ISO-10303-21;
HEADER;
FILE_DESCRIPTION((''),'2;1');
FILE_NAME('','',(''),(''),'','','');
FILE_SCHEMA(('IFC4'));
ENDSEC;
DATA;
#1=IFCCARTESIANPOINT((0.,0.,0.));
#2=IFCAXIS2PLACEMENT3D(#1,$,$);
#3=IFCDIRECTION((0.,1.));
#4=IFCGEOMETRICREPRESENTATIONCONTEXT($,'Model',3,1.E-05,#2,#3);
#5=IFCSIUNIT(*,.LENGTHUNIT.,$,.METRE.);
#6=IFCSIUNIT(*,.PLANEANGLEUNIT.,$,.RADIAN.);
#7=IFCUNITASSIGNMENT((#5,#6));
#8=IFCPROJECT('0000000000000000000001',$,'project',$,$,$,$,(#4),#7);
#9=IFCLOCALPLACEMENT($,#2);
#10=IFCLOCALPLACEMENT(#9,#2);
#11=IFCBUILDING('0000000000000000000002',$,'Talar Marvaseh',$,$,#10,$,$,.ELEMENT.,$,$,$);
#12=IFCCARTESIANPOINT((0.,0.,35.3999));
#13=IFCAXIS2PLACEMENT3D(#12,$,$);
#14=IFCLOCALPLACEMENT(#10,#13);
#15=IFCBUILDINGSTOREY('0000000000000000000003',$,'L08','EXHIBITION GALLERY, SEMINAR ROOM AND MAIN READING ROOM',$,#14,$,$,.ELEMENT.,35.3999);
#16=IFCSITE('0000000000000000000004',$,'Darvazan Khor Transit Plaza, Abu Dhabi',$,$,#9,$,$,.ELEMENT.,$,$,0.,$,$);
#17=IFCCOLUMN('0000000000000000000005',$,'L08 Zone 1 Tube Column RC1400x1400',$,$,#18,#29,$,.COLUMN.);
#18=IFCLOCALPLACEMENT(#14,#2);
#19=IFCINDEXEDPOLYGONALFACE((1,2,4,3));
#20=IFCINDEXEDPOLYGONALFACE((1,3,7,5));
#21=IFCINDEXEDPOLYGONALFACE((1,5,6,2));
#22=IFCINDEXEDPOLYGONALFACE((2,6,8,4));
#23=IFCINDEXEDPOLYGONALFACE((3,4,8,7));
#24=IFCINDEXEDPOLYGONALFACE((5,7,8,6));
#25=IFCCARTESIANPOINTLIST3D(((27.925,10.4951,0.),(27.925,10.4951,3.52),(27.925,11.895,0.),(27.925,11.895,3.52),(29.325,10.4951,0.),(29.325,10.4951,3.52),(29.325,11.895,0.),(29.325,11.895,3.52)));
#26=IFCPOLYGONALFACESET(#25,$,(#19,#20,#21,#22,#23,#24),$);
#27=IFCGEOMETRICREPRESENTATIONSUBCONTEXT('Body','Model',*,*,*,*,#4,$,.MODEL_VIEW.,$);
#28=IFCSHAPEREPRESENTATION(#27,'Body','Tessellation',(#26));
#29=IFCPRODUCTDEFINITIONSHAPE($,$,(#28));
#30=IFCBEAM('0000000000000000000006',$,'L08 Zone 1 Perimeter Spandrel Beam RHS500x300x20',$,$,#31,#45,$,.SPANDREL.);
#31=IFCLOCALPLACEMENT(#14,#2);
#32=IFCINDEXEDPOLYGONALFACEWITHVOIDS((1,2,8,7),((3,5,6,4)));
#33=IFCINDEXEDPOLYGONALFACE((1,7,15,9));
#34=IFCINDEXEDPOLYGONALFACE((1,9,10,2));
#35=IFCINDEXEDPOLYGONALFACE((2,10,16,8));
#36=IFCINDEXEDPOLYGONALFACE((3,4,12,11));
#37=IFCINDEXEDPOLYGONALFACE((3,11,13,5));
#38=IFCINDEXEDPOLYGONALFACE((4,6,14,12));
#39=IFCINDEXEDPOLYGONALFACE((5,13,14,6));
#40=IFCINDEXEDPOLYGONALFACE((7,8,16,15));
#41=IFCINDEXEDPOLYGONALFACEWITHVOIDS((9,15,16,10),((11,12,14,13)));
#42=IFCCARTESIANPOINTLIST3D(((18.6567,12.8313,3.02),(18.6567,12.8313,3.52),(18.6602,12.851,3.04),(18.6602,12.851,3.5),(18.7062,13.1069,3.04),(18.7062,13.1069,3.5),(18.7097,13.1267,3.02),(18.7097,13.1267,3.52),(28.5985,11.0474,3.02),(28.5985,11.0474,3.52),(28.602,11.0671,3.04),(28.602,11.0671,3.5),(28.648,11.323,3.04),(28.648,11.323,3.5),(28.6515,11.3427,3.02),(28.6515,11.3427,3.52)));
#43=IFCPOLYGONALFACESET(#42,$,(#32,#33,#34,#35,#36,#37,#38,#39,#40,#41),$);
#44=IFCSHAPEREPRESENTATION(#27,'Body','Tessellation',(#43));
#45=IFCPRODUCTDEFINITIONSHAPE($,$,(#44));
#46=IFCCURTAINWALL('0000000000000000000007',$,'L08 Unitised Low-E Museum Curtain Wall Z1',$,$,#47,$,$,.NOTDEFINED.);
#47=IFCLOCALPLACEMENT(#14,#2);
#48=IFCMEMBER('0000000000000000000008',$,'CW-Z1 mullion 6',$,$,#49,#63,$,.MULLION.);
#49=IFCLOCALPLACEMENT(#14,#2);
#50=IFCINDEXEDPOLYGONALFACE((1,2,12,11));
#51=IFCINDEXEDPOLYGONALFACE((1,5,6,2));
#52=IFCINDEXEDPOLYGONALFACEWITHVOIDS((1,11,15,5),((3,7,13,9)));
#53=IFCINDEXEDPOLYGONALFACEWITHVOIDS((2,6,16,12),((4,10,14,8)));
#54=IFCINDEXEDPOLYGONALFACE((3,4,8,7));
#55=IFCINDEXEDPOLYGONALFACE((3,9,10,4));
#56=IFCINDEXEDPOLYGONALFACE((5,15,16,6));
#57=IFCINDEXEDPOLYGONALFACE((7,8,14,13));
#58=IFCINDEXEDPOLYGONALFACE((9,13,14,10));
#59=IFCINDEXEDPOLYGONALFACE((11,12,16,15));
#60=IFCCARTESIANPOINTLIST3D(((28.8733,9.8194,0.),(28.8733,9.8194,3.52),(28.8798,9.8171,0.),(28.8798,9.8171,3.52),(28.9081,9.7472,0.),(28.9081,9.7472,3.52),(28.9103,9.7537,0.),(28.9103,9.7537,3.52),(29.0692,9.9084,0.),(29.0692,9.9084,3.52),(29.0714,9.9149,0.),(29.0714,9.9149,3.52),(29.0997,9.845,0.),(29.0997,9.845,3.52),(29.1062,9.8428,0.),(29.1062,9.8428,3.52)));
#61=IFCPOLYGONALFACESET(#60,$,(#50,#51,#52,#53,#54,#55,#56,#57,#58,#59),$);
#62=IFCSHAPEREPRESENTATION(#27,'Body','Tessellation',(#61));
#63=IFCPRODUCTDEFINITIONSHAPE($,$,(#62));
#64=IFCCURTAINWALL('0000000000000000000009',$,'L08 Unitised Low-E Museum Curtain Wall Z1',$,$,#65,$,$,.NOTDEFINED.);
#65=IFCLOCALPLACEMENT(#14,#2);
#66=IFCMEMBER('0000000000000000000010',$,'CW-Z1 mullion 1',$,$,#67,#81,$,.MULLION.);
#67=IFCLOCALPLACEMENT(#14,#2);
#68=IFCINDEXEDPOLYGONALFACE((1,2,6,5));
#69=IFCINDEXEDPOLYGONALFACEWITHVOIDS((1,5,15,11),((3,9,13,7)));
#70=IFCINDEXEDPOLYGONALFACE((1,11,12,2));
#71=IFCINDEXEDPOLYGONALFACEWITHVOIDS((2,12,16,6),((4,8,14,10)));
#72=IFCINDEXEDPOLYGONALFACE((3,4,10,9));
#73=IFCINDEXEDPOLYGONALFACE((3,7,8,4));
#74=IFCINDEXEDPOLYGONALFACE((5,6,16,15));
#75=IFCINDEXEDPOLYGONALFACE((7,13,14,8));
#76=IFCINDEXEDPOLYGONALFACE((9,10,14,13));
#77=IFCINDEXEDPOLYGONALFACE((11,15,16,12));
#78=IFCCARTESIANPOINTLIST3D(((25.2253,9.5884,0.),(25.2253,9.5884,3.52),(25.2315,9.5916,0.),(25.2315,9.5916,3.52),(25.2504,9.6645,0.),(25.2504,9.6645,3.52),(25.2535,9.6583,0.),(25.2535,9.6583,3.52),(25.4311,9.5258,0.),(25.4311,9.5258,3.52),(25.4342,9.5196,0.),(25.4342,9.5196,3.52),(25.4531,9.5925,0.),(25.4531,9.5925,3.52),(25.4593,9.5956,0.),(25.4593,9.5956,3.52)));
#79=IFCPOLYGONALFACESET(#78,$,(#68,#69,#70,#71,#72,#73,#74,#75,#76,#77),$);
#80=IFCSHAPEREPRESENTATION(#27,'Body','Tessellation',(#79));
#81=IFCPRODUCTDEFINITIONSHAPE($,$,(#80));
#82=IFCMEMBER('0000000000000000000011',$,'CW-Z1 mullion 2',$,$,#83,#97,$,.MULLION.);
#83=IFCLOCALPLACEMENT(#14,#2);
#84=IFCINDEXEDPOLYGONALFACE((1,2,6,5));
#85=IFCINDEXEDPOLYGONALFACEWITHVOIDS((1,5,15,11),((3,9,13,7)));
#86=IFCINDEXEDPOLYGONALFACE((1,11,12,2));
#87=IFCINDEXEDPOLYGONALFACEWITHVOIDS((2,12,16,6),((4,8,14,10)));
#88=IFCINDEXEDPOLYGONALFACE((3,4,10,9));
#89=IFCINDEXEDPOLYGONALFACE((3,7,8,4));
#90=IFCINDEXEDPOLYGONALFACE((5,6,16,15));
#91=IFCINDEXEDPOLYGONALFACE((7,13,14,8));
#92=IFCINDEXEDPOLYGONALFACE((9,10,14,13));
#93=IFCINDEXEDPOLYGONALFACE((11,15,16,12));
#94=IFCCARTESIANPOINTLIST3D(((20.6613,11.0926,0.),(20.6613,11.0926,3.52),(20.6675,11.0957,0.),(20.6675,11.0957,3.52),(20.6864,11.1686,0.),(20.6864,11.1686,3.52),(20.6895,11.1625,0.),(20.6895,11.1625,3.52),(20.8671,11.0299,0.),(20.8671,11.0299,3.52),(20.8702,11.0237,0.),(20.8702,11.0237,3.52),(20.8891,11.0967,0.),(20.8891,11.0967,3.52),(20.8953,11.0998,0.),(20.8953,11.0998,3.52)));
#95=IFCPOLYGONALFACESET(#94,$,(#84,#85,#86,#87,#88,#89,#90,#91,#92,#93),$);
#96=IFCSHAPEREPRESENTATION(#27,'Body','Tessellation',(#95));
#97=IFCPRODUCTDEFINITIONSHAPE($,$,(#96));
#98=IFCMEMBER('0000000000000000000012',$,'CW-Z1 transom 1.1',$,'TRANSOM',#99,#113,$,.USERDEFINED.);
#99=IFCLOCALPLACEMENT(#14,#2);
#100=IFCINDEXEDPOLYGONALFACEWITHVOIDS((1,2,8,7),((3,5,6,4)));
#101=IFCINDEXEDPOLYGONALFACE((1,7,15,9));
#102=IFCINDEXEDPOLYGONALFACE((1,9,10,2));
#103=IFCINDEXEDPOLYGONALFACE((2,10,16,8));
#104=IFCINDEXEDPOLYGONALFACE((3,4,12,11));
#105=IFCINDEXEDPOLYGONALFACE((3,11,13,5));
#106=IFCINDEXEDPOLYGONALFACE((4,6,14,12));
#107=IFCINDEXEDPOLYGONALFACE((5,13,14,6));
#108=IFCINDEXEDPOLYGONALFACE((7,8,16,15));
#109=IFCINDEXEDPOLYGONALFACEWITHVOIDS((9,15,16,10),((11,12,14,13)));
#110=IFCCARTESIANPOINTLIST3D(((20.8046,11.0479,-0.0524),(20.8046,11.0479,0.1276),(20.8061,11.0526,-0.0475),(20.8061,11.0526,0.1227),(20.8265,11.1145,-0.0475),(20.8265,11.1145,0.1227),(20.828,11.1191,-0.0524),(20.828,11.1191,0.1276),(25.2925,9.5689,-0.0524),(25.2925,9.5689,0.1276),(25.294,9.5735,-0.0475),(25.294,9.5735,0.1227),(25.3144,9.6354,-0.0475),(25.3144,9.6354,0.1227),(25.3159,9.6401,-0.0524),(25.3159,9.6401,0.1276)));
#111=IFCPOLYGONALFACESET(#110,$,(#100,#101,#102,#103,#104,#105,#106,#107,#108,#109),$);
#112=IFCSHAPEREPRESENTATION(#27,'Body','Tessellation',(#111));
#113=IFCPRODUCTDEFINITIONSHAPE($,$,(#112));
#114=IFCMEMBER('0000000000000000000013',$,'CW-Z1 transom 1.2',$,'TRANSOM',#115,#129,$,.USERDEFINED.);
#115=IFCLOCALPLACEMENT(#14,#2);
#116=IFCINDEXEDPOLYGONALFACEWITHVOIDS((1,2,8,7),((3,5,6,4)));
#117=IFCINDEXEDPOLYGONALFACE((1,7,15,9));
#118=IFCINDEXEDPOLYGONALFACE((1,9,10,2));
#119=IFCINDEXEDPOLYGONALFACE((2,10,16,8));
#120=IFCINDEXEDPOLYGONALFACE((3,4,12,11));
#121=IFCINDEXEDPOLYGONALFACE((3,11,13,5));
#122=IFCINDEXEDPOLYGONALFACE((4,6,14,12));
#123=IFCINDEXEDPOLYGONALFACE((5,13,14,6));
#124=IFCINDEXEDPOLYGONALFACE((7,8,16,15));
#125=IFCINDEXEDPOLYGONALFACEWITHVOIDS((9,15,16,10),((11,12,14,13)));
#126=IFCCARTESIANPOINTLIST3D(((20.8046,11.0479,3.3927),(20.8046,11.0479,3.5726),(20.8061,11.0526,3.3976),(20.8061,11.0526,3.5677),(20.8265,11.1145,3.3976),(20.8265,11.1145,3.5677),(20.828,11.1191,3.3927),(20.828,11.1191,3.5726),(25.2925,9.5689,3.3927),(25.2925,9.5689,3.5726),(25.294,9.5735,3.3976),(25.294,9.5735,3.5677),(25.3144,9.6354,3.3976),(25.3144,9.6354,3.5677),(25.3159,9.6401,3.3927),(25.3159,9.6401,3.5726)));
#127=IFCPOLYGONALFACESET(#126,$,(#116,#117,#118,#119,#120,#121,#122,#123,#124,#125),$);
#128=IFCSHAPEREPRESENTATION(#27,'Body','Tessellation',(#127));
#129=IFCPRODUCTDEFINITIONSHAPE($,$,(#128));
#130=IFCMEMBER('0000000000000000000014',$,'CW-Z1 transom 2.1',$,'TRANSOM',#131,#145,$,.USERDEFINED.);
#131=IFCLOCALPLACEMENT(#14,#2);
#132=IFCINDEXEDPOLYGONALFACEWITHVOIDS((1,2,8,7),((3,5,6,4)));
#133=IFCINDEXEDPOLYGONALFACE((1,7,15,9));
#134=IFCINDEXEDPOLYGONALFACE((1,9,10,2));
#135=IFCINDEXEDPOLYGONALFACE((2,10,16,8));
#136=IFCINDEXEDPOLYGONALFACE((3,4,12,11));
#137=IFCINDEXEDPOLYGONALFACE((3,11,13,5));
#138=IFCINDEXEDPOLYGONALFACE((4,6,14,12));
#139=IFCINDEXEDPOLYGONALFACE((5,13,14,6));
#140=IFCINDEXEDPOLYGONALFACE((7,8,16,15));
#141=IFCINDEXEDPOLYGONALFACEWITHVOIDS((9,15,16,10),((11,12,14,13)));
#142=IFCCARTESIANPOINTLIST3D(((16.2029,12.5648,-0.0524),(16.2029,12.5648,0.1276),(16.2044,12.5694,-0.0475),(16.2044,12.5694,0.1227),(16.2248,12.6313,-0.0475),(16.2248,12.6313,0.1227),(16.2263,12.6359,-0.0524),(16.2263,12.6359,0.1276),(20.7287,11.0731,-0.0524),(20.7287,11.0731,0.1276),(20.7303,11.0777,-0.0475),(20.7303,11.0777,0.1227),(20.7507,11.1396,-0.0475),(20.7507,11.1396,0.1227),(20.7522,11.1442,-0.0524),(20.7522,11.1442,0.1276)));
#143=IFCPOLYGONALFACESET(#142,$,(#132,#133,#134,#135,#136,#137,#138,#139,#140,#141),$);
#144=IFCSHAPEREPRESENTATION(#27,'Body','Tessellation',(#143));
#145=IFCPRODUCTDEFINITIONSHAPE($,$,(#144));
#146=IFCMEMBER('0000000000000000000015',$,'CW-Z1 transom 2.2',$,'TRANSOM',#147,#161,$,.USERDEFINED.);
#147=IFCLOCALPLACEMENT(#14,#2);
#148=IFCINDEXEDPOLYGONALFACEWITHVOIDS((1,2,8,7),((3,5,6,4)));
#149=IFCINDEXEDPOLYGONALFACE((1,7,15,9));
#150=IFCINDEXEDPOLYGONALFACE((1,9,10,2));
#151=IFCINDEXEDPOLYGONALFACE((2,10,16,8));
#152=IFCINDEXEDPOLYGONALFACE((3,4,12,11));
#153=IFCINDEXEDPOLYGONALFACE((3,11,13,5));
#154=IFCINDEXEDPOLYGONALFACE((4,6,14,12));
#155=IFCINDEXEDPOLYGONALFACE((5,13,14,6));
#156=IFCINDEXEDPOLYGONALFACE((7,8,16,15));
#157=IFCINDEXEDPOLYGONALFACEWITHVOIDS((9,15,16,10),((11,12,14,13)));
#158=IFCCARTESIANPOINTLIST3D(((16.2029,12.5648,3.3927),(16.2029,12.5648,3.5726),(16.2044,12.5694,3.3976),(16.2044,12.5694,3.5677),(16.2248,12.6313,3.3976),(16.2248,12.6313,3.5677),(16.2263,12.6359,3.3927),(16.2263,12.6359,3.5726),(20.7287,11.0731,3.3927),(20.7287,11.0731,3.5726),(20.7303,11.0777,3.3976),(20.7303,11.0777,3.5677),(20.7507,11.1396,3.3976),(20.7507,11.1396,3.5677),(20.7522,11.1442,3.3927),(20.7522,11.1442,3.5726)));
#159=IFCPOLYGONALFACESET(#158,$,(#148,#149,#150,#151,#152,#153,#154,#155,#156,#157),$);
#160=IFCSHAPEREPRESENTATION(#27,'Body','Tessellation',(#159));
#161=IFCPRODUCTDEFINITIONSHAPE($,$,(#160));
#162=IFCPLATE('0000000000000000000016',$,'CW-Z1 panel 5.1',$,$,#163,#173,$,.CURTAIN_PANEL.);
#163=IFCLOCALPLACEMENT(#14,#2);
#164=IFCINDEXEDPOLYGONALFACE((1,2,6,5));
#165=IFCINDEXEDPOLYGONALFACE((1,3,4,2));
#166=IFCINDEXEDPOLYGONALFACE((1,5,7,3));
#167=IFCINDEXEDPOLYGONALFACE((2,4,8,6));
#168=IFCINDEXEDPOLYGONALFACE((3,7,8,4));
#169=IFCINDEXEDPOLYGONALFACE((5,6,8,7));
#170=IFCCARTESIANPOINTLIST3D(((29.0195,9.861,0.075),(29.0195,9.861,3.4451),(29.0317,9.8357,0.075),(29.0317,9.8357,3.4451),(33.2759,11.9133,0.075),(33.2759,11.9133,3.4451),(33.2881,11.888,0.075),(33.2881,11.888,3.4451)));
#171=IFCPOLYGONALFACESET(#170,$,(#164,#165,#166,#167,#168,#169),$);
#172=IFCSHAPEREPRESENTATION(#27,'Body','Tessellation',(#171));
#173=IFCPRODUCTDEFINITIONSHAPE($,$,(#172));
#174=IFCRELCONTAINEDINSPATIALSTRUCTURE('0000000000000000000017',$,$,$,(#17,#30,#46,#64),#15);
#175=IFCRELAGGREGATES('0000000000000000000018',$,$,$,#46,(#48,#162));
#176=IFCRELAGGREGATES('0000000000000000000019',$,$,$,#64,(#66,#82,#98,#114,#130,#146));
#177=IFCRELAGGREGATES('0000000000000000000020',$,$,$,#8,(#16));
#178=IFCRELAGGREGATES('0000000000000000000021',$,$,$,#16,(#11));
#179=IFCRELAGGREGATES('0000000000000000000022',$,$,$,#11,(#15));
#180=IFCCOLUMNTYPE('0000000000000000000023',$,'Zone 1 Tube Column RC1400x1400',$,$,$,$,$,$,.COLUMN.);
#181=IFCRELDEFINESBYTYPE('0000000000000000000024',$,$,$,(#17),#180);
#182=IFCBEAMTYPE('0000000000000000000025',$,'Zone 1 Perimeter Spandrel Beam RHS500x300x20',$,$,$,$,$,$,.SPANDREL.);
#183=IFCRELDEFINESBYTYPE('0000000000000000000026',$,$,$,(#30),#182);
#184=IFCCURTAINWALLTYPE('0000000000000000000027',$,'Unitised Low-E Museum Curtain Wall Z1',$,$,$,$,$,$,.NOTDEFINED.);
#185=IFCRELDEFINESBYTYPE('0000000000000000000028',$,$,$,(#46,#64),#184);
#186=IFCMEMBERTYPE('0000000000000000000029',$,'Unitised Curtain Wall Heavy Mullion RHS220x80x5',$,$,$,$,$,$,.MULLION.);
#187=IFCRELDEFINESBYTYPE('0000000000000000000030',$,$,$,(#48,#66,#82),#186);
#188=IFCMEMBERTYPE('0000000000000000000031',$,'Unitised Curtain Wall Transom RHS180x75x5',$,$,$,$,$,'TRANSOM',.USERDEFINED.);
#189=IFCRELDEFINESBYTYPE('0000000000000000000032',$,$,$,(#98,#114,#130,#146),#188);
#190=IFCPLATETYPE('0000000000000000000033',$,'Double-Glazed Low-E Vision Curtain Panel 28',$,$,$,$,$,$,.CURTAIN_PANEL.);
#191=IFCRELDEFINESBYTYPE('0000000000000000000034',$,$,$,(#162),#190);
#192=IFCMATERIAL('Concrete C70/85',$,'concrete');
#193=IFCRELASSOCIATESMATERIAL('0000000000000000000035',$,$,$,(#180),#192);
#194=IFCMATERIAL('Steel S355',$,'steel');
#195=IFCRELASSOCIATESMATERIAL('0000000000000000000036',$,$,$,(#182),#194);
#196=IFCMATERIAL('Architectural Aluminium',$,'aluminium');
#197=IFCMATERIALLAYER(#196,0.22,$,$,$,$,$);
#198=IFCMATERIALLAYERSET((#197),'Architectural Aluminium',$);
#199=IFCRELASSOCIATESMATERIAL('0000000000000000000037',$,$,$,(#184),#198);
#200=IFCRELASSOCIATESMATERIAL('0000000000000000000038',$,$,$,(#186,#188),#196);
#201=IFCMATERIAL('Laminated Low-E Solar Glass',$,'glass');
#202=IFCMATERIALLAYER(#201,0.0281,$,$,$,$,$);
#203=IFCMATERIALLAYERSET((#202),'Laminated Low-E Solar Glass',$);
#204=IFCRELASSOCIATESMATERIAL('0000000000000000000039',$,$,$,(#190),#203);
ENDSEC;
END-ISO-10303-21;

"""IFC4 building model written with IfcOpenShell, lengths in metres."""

from ifc_helpers import new_model, si_unit, direction, frame, origin, origin_2d, place, context, subcontext, project, spatial, rectangle, hollow_rectangle, extrude, source, transform, mapped, material, layer, layer_set, material_profile, profile_set, type_object, type_shapes, element, aggregate, save


model = new_model("IFC4")

# Units and contexts
model_context = context("Model", 3, precision=1e-05, world=origin(), true_north=direction((0.0, 1.0)))
body_context = subcontext(model_context, "Body", "Model", "MODEL_VIEW")
ifc_project = project(units=[si_unit("LENGTHUNIT", "METRE"), si_unit("PLANEANGLEUNIT", "RADIAN")], contexts=[model_context])

# Site, building, storey
site_placement = place(None, origin())
site = spatial("IfcSite", under=ifc_project, at=site_placement, Name="Darvazan Khor Transit Plaza, Abu Dhabi", CompositionType="ELEMENT", RefElevation=0.0)
building_placement = place(site_placement, origin())
building = spatial("IfcBuilding", under=site, at=building_placement, Name="Talar Marvaseh", CompositionType="ELEMENT")
storey_placement = place(building_placement, frame((0.0, 0.0, 35.3999)))
storey = spatial("IfcBuildingStorey", under=building, at=storey_placement, Name="L08", Description="EXHIBITION GALLERY, SEMINAR ROOM AND MAIN READING ROOM", CompositionType="ELEMENT", Elevation=35.3999)

# Column
ifc_material_1 = material(Name="Concrete C70/85", Category="concrete")
ifc_material_profile_1 = material_profile(ifc_material_1, rectangle(XDim=1.3999, YDim=1.3999, at=origin_2d()), Name="RC1400x1400")
ifc_profile_set_1 = profile_set([ifc_material_profile_1], Name="Concrete C70/85")
column_type = type_object("IfcColumnType", Name="Zone 1 Tube Column RC1400x1400", PredefinedType="COLUMN", material=ifc_profile_set_1)
column_placement = place(storey_placement, frame((28.625, 11.1951, 0.0), z_axis=(0.0, 0.0, 1.0), x_axis=(1.0, 0.0, 0.0)))
element("IfcColumn", 1, at=column_placement, inside=storey, type_object=column_type, Name="L08 Zone 1 Tube Column RC1400x1400", PredefinedType="COLUMN", context=body_context, shape_type="SweptSolid", body=[
    extrude(rectangle(XDim=1.3999, YDim=1.3999, at=origin_2d()), origin(), (0.0, 0.0, 1.0), 3.52),
])

# Beam
ifc_material_2 = material(Name="Steel S355", Category="steel")
ifc_material_profile_2 = material_profile(ifc_material_2, hollow_rectangle(XDim=0.3, YDim=0.5, WallThickness=0.02, at=origin_2d()), Name="RHS500x300x20")
ifc_profile_set_2 = profile_set([ifc_material_profile_2], Name="Steel S355")
beam_type = type_object("IfcBeamType", Name="Zone 1 Perimeter Spandrel Beam RHS500x300x20", PredefinedType="SPANDREL", material=ifc_profile_set_2)
beam_placement = place(storey_placement, frame((28.625, 11.1951, 3.27), z_axis=(-0.98428, 0.176615, 0.0), x_axis=(-0.176615, -0.98428, 0.0)))
element("IfcBeam", 2, at=beam_placement, inside=storey, type_object=beam_type, Name="L08 Zone 1 Perimeter Spandrel Beam RHS500x300x20", PredefinedType="SPANDREL", context=body_context, shape_type="SweptSolid", body=[
    extrude(hollow_rectangle(XDim=0.3, YDim=0.5, WallThickness=0.02, at=origin_2d()), origin(), (0.0, 0.0, 1.0), 10.1006),
])

# Curtain wall, member
ifc_material_3 = material(Name="Architectural Aluminium", Category="aluminium")
ifc_layer_1 = layer(ifc_material_3, 0.22)
ifc_layer_set_1 = layer_set([ifc_layer_1], Name="Architectural Aluminium")
curtain_wall_type = type_object("IfcCurtainWallType", Name="Unitised Low-E Museum Curtain Wall Z1", PredefinedType="NOTDEFINED", material=ifc_layer_set_1)
curtain_wall_1_placement = place(storey_placement, origin())
curtain_wall_1 = element("IfcCurtainWall", 3, at=curtain_wall_1_placement, inside=storey, type_object=curtain_wall_type, Name="L08 Unitised Low-E Museum Curtain Wall Z1", PredefinedType="NOTDEFINED")
ifc_material_profile_3 = material_profile(ifc_material_3, hollow_rectangle(XDim=0.0801, YDim=0.22, WallThickness=0.0049, at=origin_2d()), Name="RHS220x80x5")
ifc_profile_set_3 = profile_set([ifc_material_profile_3], Name="Architectural Aluminium")
member_type_1 = type_object("IfcMemberType", Name="Unitised Curtain Wall Heavy Mullion RHS220x80x5", PredefinedType="MULLION", material=ifc_profile_set_3)
shared_shape_1 = source(origin(), body_context, "Body", "SweptSolid", [
    extrude(hollow_rectangle(XDim=0.0801, YDim=0.22, WallThickness=0.0049, at=origin_2d()), origin(), (0.0, 0.0, 1.0), 3.52),
])
type_shapes(member_type_1, [shared_shape_1])
member_1_placement = place(storey_placement, frame((28.9897, 9.8311, 0.0), z_axis=(0.0, 0.0, 1.0), x_axis=(0.434307, -0.900765, 0.0)))
member_1 = element("IfcMember", 4, at=member_1_placement, type_object=member_type_1, Name="CW-Z1 mullion 6", PredefinedType="MULLION", context=body_context, shape_type="MappedRepresentation", body=[
    mapped(shared_shape_1, transform((0.0, 0.0, 0.0), x_axis=(1.0, 0.0, 0.0), y_axis=(0.0, 1.0, 0.0), z_axis=(0.0, 0.0, 1.0), scale=1.0)),
])

# Curtain wall, members
curtain_wall_2_placement = place(storey_placement, origin())
curtain_wall_2 = element("IfcCurtainWall", 5, at=curtain_wall_2_placement, inside=storey, type_object=curtain_wall_type, Name="L08 Unitised Low-E Museum Curtain Wall Z1", PredefinedType="NOTDEFINED")
member_2_placement = place(storey_placement, frame((25.3423, 9.592, 0.0), z_axis=(0.0, 0.0, 1.0), x_axis=(-0.313019, -0.949747, 0.0)))
member_2 = element("IfcMember", 6, at=member_2_placement, type_object=member_type_1, Name="CW-Z1 mullion 1", PredefinedType="MULLION", context=body_context, shape_type="MappedRepresentation", body=[
    mapped(shared_shape_1, transform((0.0, 0.0, 0.0), x_axis=(1.0, 0.0, 0.0), y_axis=(0.0, 1.0, 0.0), z_axis=(0.0, 0.0, 1.0), scale=1.0)),
])
member_3_placement = place(storey_placement, frame((20.7783, 11.0962, 0.0), z_axis=(0.0, 0.0, 1.0), x_axis=(-0.313019, -0.949747, 0.0)))
member_3 = element("IfcMember", 7, at=member_3_placement, type_object=member_type_1, Name="CW-Z1 mullion 2", PredefinedType="MULLION", context=body_context, shape_type="MappedRepresentation", body=[
    mapped(shared_shape_1, transform((0.0, 0.0, 0.0), x_axis=(1.0, 0.0, 0.0), y_axis=(0.0, 1.0, 0.0), z_axis=(0.0, 0.0, 1.0), scale=1.0)),
])
ifc_material_profile_4 = material_profile(ifc_material_3, hollow_rectangle(XDim=0.075, YDim=0.1799, WallThickness=0.0049, at=origin_2d()), Name="RHS180x75x5")
ifc_profile_set_4 = profile_set([ifc_material_profile_4], Name="Architectural Aluminium")
member_type_2 = type_object("IfcMemberType", Name="Unitised Curtain Wall Transom RHS180x75x5", ElementType="TRANSOM", PredefinedType="USERDEFINED", material=ifc_profile_set_4)
shared_shape_2 = source(origin(), body_context, "Body", "SweptSolid", [
    extrude(hollow_rectangle(XDim=0.075, YDim=0.1799, WallThickness=0.0049, at=origin_2d()), origin(), (0.0, 0.0, 1.0), 4.7253),
])
member_4_placement = place(storey_placement, frame((25.3042, 9.6045, 0.0376), z_axis=(-0.949753, 0.313002, 0.0), x_axis=(-0.313002, -0.949753, 0.0)))
member_4 = element("IfcMember", 8, at=member_4_placement, type_object=member_type_2, Name="CW-Z1 transom 1.1", ObjectType="TRANSOM", PredefinedType="USERDEFINED", context=body_context, shape_type="MappedRepresentation", body=[
    mapped(shared_shape_2, transform((0.0, 0.0, 0.0), x_axis=(1.0, 0.0, 0.0), y_axis=(0.0, 1.0, 0.0), z_axis=(0.0, 0.0, 1.0), scale=1.0)),
])
member_5_placement = place(storey_placement, frame((25.3042, 9.6045, 3.4827), z_axis=(-0.949753, 0.313002, 0.0), x_axis=(-0.313002, -0.949753, 0.0)))
member_5 = element("IfcMember", 9, at=member_5_placement, type_object=member_type_2, Name="CW-Z1 transom 1.2", ObjectType="TRANSOM", PredefinedType="USERDEFINED", context=body_context, shape_type="MappedRepresentation", body=[
    mapped(shared_shape_2, transform((0.0, 0.0, 0.0), x_axis=(1.0, 0.0, 0.0), y_axis=(0.0, 1.0, 0.0), z_axis=(0.0, 0.0, 1.0), scale=1.0)),
])
shared_shape_3 = source(origin(), body_context, "Body", "SweptSolid", [
    extrude(hollow_rectangle(XDim=0.075, YDim=0.1799, WallThickness=0.0049, at=origin_2d()), origin(), (0.0, 0.0, 1.0), 4.7654),
])
type_shapes(member_type_2, [shared_shape_2, shared_shape_3])
member_6_placement = place(storey_placement, frame((20.7405, 11.1086, 0.0376), z_axis=(-0.949744, 0.313029, 0.0), x_axis=(-0.313029, -0.949744, 0.0)))
member_6 = element("IfcMember", 10, at=member_6_placement, type_object=member_type_2, Name="CW-Z1 transom 2.1", ObjectType="TRANSOM", PredefinedType="USERDEFINED", context=body_context, shape_type="MappedRepresentation", body=[
    mapped(shared_shape_3, transform((0.0, 0.0, 0.0), x_axis=(1.0, 0.0, 0.0), y_axis=(0.0, 1.0, 0.0), z_axis=(0.0, 0.0, 1.0), scale=1.0)),
])
member_7_placement = place(storey_placement, frame((20.7405, 11.1086, 3.4827), z_axis=(-0.949744, 0.313029, 0.0), x_axis=(-0.313029, -0.949744, 0.0)))
member_7 = element("IfcMember", 11, at=member_7_placement, type_object=member_type_2, Name="CW-Z1 transom 2.2", ObjectType="TRANSOM", PredefinedType="USERDEFINED", context=body_context, shape_type="MappedRepresentation", body=[
    mapped(shared_shape_3, transform((0.0, 0.0, 0.0), x_axis=(1.0, 0.0, 0.0), y_axis=(0.0, 1.0, 0.0), z_axis=(0.0, 0.0, 1.0), scale=1.0)),
])

# Plate
ifc_material_4 = material(Name="Laminated Low-E Solar Glass", Category="glass")
ifc_layer_2 = layer(ifc_material_4, 0.0281)
ifc_layer_set_2 = layer_set([ifc_layer_2], Name="Laminated Low-E Solar Glass")
plate_type = type_object("IfcPlateType", Name="Double-Glazed Low-E Vision Curtain Panel 28", PredefinedType="CURTAIN_PANEL", material=ifc_layer_set_2)
shared_shape_4 = source(origin(), body_context, "Body", "SweptSolid", [
    extrude(rectangle(XDim=4.7253, YDim=0.0281, at=origin_2d()), origin(), (0.0, 0.0, 1.0), 3.3701),
])
type_shapes(plate_type, [shared_shape_4])
plate_1_placement = place(storey_placement, frame((31.1538, 10.8745, 0.075), z_axis=(0.0, 0.0, 1.0), x_axis=(-0.900765, -0.434307, 0.0)))
plate_1 = element("IfcPlate", 12, at=plate_1_placement, type_object=plate_type, Name="CW-Z1 panel 5.1", PredefinedType="CURTAIN_PANEL", context=body_context, shape_type="MappedRepresentation", body=[
    mapped(shared_shape_4, transform((0.0, 0.0, 0.0), x_axis=(1.0, 0.0, 0.0), y_axis=(0.0, 1.0, 0.0), z_axis=(0.0, 0.0, 1.0), scale=1.0)),
])
aggregate(curtain_wall_1, [member_1, plate_1])
aggregate(curtain_wall_2, [member_2, member_3, member_4, member_5, member_6, member_7])

save(model, "model.ifc")
